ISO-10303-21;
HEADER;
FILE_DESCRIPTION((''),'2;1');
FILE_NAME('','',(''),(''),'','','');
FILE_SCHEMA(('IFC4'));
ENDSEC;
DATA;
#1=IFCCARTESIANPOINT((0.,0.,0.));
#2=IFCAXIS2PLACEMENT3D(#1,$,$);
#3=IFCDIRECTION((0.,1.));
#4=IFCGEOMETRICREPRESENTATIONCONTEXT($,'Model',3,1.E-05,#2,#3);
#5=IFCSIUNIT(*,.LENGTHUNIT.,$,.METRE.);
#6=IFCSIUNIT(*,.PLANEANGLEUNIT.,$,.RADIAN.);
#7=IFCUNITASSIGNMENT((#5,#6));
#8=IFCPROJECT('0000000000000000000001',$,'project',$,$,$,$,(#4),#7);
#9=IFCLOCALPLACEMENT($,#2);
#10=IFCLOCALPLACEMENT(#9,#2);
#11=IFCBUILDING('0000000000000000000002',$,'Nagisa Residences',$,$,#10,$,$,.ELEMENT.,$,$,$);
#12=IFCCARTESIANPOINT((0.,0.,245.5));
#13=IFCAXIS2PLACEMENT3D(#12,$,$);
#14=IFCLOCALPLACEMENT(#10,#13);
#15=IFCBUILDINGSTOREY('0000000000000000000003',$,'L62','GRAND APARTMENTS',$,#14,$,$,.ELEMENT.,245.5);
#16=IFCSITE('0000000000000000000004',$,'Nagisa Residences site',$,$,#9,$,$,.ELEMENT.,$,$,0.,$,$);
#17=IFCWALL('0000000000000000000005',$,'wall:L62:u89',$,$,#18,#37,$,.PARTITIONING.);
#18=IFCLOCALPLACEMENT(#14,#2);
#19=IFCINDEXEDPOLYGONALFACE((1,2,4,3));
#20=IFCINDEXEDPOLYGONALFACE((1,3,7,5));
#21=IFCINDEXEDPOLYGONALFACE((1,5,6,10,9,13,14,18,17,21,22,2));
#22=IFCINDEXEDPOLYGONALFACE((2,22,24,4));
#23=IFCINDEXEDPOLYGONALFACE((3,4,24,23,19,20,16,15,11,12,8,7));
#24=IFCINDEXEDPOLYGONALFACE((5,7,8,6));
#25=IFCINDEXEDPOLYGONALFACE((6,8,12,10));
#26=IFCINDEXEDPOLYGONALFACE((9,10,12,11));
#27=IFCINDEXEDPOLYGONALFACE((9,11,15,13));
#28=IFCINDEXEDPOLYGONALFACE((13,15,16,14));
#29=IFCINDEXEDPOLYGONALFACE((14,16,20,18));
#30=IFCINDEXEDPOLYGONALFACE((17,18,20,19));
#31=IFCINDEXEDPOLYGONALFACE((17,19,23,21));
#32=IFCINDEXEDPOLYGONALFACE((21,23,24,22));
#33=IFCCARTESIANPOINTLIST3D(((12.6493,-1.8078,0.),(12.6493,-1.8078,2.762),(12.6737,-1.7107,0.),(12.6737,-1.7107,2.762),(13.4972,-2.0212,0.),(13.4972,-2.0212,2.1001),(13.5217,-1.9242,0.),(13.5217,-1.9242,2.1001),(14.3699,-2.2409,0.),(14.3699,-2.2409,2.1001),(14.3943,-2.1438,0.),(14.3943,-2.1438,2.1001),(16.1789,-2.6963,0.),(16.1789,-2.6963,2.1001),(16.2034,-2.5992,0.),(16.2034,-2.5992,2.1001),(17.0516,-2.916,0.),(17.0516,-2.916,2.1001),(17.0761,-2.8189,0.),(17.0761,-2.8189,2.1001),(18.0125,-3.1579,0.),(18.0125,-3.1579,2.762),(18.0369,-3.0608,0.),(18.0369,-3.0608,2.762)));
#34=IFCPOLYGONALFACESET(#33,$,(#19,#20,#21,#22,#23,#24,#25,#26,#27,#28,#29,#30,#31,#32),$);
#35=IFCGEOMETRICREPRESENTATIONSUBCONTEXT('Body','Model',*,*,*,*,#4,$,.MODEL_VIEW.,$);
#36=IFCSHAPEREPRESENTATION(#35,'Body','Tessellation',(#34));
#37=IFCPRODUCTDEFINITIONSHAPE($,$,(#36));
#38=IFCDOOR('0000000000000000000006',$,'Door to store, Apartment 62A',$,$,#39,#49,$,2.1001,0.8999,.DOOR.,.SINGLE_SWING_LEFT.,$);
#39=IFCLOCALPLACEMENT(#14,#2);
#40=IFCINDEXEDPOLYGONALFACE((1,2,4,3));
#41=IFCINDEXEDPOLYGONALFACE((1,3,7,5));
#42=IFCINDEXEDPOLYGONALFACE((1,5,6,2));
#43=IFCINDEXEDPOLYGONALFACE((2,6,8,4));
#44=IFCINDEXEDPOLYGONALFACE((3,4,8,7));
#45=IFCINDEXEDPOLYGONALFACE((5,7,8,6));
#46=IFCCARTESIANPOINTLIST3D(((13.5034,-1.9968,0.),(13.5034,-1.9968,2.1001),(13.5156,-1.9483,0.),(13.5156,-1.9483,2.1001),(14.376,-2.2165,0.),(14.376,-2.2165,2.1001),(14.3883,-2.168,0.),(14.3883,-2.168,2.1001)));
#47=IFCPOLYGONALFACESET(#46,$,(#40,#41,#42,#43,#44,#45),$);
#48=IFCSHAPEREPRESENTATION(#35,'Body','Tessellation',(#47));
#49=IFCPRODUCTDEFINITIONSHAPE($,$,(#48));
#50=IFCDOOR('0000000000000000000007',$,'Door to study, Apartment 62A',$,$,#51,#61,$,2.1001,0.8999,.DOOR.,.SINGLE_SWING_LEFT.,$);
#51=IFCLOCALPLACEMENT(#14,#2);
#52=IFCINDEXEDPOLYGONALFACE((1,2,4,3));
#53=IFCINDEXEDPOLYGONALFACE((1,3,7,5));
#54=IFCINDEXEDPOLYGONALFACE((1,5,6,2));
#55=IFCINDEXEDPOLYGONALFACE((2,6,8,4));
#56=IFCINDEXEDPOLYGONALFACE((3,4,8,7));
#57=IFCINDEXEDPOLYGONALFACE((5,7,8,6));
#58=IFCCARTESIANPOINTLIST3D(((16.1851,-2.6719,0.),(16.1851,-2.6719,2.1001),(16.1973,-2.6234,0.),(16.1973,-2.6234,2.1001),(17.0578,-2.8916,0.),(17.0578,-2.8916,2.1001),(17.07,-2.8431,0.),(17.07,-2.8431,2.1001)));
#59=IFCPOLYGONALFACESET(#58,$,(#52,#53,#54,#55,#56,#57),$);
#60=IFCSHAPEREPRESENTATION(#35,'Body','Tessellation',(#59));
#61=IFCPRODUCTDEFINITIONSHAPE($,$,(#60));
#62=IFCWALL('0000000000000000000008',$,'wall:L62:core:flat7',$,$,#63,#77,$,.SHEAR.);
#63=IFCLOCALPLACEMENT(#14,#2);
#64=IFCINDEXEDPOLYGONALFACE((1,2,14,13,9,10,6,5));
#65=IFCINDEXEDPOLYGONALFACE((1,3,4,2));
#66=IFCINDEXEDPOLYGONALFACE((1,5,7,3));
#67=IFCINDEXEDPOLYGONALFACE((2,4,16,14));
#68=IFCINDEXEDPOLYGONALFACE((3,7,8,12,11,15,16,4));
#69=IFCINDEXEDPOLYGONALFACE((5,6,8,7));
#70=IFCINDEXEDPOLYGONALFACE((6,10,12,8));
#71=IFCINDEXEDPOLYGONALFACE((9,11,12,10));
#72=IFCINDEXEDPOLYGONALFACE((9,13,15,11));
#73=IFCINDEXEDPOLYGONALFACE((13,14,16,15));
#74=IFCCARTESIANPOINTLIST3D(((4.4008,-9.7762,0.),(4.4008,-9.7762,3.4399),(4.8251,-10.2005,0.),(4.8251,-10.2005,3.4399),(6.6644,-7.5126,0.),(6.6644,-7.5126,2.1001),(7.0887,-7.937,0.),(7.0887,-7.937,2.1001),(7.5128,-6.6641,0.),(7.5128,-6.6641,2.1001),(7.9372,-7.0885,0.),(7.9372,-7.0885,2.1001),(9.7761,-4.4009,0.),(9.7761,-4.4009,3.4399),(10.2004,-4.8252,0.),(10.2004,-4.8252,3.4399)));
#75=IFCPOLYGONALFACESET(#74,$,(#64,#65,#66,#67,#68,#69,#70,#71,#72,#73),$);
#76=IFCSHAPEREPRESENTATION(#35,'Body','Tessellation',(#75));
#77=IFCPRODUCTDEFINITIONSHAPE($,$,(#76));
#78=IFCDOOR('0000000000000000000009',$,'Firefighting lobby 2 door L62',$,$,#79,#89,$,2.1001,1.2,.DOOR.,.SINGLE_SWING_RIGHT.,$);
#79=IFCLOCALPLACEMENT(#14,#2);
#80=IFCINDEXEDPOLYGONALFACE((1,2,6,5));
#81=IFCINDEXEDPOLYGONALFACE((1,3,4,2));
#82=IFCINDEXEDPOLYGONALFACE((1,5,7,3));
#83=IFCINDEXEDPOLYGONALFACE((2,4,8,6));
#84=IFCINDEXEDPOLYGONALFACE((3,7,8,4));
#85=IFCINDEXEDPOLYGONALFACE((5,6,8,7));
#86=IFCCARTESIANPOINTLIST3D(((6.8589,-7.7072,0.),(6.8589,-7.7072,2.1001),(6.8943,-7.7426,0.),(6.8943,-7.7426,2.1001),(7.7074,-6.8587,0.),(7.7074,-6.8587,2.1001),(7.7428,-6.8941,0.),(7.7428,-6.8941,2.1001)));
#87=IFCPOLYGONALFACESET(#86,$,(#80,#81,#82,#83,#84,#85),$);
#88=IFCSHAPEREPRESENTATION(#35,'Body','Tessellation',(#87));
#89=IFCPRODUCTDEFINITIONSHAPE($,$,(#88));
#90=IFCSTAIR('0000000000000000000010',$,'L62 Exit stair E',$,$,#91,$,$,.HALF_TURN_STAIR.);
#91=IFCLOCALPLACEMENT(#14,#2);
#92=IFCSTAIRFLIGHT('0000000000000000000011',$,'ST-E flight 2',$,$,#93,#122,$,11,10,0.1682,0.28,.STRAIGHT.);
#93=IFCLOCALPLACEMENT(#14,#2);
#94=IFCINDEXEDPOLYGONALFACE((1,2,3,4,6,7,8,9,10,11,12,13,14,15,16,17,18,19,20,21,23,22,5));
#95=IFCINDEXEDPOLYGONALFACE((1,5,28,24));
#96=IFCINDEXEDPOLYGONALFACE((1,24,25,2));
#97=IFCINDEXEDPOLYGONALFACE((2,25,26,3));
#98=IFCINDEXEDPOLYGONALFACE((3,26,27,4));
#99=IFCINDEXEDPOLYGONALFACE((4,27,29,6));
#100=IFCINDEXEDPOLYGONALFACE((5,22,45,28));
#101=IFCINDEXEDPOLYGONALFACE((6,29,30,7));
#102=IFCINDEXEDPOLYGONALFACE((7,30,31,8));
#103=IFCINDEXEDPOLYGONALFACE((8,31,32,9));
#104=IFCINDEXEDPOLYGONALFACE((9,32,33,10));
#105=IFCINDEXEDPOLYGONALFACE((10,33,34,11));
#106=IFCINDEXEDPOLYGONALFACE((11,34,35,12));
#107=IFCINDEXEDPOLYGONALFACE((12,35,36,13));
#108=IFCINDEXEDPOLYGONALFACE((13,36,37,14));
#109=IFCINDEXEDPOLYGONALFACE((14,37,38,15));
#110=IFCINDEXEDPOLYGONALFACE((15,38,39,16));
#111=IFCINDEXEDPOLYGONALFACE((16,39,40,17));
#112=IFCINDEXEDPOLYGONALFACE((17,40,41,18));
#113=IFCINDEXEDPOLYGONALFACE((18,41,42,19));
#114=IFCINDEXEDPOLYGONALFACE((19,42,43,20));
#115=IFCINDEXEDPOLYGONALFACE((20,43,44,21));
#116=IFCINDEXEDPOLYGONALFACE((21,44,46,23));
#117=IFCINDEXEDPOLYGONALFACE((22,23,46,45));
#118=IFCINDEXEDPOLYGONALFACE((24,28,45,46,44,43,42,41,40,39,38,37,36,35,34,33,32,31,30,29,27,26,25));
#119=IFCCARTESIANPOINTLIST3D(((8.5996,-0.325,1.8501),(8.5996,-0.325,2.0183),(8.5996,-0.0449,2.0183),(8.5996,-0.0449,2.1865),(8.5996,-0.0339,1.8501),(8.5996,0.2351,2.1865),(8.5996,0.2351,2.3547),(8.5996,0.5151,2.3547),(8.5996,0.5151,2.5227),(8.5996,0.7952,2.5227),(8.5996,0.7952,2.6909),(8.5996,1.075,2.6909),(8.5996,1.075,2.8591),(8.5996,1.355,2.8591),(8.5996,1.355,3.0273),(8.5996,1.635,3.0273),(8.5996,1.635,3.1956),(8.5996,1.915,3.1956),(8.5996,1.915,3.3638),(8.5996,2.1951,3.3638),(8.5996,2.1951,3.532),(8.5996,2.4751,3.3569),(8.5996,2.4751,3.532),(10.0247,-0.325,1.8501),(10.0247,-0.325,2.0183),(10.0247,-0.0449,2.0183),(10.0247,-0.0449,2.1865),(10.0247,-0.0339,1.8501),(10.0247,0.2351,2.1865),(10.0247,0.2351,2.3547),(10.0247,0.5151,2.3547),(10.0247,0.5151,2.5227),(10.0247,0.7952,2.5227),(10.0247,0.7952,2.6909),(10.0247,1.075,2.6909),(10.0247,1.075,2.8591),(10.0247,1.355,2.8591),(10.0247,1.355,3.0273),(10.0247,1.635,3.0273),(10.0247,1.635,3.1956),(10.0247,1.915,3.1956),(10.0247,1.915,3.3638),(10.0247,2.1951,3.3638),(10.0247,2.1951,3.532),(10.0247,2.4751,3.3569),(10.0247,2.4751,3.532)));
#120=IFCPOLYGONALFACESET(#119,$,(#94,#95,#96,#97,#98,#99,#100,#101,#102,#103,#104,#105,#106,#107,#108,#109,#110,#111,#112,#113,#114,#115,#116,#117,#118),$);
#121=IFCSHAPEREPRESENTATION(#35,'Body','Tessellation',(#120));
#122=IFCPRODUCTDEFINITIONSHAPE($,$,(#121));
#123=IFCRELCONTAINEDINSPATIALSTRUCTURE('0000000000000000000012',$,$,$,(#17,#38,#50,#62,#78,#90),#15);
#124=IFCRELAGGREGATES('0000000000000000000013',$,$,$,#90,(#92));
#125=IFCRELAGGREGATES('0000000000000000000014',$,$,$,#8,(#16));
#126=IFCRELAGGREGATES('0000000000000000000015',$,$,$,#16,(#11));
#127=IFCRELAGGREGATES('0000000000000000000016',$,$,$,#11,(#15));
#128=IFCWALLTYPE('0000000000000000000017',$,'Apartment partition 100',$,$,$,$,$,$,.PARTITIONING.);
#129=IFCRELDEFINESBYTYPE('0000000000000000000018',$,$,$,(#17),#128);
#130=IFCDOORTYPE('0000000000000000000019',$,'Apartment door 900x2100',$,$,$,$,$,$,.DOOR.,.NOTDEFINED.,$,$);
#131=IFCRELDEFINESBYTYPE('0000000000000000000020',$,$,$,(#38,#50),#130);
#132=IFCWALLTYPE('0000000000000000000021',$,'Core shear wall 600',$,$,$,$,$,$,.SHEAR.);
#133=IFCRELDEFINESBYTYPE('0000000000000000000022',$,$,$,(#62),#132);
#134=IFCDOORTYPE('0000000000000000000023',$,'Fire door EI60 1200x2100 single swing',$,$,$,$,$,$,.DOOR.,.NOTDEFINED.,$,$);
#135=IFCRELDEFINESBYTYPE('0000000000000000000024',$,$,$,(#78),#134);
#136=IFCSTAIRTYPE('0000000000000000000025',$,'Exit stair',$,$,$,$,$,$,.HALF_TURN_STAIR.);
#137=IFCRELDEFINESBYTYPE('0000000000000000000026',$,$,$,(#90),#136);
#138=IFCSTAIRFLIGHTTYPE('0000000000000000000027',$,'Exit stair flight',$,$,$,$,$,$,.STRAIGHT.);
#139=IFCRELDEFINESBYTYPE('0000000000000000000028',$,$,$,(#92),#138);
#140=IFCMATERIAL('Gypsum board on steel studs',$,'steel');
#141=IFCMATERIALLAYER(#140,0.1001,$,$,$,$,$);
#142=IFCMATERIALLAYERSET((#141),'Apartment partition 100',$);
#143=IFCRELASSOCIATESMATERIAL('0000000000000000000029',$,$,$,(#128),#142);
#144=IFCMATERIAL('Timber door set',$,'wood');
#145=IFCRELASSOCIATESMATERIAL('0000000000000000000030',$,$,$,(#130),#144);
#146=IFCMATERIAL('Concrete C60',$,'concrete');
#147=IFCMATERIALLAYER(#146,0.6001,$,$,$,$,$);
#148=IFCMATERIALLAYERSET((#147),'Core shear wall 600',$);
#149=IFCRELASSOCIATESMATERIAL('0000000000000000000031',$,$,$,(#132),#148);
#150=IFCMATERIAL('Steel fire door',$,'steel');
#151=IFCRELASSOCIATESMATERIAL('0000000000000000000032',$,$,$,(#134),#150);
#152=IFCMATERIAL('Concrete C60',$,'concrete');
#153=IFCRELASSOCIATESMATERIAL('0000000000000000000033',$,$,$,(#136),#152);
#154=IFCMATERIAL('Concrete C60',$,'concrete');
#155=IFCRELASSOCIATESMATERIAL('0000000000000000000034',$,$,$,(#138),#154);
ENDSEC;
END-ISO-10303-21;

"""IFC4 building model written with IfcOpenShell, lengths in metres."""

from ifc_helpers import new_model, si_unit, direction, frame, frame_2d, origin, place, context, subcontext, project, spatial, polyline, rectangle, outline, extrude, material, layer, layer_set, type_object, element, fill, aggregate, save


model = new_model("IFC4")

# Units and contexts
model_context = context("Model", 3, precision=1e-05, world=origin(), true_north=direction((0.0, 1.0)))
body_context = subcontext(model_context, "Body", "Model", "MODEL_VIEW")
ifc_project = project(units=[si_unit("LENGTHUNIT", "METRE"), si_unit("PLANEANGLEUNIT", "RADIAN")], contexts=[model_context])

# Site, building, storey
site_placement = place(None, origin())
site = spatial("IfcSite", under=ifc_project, at=site_placement, Name="Nagisa Residences site", CompositionType="ELEMENT", RefElevation=0.0)
building_placement = place(site_placement, origin())
building = spatial("IfcBuilding", under=site, at=building_placement, Name="Nagisa Residences", CompositionType="ELEMENT")
storey_placement = place(building_placement, frame((0.0, 0.0, 245.5)))
storey = spatial("IfcBuildingStorey", under=building, at=storey_placement, Name="L62", Description="GRAND APARTMENTS", CompositionType="ELEMENT", Elevation=245.5)

# Shared definitions
ifc_material_1 = material(Name="Gypsum board on steel studs", Category="steel")
ifc_layer_1 = layer(ifc_material_1, 0.1001)
ifc_layer_set_1 = layer_set([ifc_layer_1], Name="Apartment partition 100")
wall_type_1 = type_object("IfcWallType", Name="Apartment partition 100", PredefinedType="PARTITIONING", material=ifc_layer_set_1)
ifc_material_2 = material(Name="Timber door set", Category="wood")
door_type_1 = type_object("IfcDoorType", Name="Apartment door 900x2100", OperationType="NOTDEFINED", PredefinedType="DOOR", material=ifc_material_2)

# Wall, openings, doors
wall_1_placement = place(storey_placement, frame((12.6616, -1.7593, 0.0), z_axis=(0.0, 0.0, 1.0), x_axis=(0.969747, -0.244114, 0.0)))
wall_1 = element("IfcWall", 1, at=wall_1_placement, inside=storey, type_object=wall_type_1, Name="wall:L62:u89", PredefinedType="PARTITIONING", context=body_context, shape_type="SweptSolid", body=[
    extrude(rectangle(XDim=5.5305, YDim=0.1001, at=frame_2d((2.7651, 0.0))), origin(), (0.0, 0.0, 1.0), 2.762),
])
opening_1_placement = place(wall_1_placement, frame((0.8743, 0.0, 0.0)))
opening_1 = element("IfcOpeningElement", 2, at=opening_1_placement, cuts=wall_1, PredefinedType="OPENING", context=body_context, shape_type="SweptSolid", body=[
    extrude(rectangle(XDim=0.8999, YDim=2.1001, at=frame_2d((0.45, 1.05))), frame((0.0, 0.0601, 0.0), z_axis=(0.0, -1.0, 0.0), x_axis=(1.0, 0.0, 0.0)), (0.0, 0.0, 1.0), 0.1201),
])
opening_2_placement = place(wall_1_placement, frame((3.6396, 0.0, 0.0)))
opening_2 = element("IfcOpeningElement", 3, at=opening_2_placement, cuts=wall_1, PredefinedType="OPENING", context=body_context, shape_type="SweptSolid", body=[
    extrude(rectangle(XDim=0.8999, YDim=2.1001, at=frame_2d((0.45, 1.05))), frame((0.0, 0.0601, 0.0), z_axis=(0.0, -1.0, 0.0), x_axis=(1.0, 0.0, 0.0)), (0.0, 0.0, 1.0), 0.1201),
])
door_1_placement = place(opening_1_placement, frame((0.8999, 0.0, 0.0), x_axis=(-1.0, 0.0, 0.0)))
door_1 = element("IfcDoor", 4, at=door_1_placement, inside=storey, type_object=door_type_1, Name="Door to store, Apartment 62A", OperationType="SINGLE_SWING_LEFT", OverallHeight=2.1001, OverallWidth=0.8999, PredefinedType="DOOR", context=body_context, shape_type="SweptSolid", body=[
    extrude(rectangle(XDim=0.8999, YDim=2.1001, at=frame_2d((0.45, 1.05))), frame((0.0, 0.0249, 0.0), z_axis=(0.0, -1.0, 0.0), x_axis=(1.0, 0.0, 0.0)), (0.0, 0.0, 1.0), 0.05),
])
fill(opening_1, door_1)
door_2_placement = place(opening_2_placement, frame((0.8999, 0.0, 0.0), x_axis=(-1.0, 0.0, 0.0)))
door_2 = element("IfcDoor", 5, at=door_2_placement, inside=storey, type_object=door_type_1, Name="Door to study, Apartment 62A", OperationType="SINGLE_SWING_LEFT", OverallHeight=2.1001, OverallWidth=0.8999, PredefinedType="DOOR", context=body_context, shape_type="SweptSolid", body=[
    extrude(rectangle(XDim=0.8999, YDim=2.1001, at=frame_2d((0.45, 1.05))), frame((0.0, 0.0249, 0.0), z_axis=(0.0, -1.0, 0.0), x_axis=(1.0, 0.0, 0.0)), (0.0, 0.0, 1.0), 0.05),
])
fill(opening_2, door_2)

# Wall, opening, door
ifc_material_3 = material(Name="Concrete C60", Category="concrete")
ifc_layer_2 = layer(ifc_material_3, 0.6001)
ifc_layer_set_2 = layer_set([ifc_layer_2], Name="Core shear wall 600")
wall_type_2 = type_object("IfcWallType", Name="Core shear wall 600", PredefinedType="SHEAR", material=ifc_layer_set_2)
wall_2_placement = place(storey_placement, frame((4.613, -9.9883, 0.0), z_axis=(0.0, 0.0, 1.0), x_axis=(0.707107, 0.707107, 0.0)))
wall_2 = element("IfcWall", 6, at=wall_2_placement, inside=storey, type_object=wall_type_2, Name="wall:L62:core:flat7", PredefinedType="SHEAR", context=body_context, shape_type="SweptSolid", body=[
    extrude(rectangle(XDim=7.6018, YDim=0.6001, at=frame_2d((3.8008, 0.0))), origin(), (0.0, 0.0, 1.0), 3.4399),
])
opening_3_placement = place(wall_2_placement, frame((3.2009, 0.0, 0.0)))
opening_3 = element("IfcOpeningElement", 7, at=opening_3_placement, cuts=wall_2, PredefinedType="OPENING", context=body_context, shape_type="SweptSolid", body=[
    extrude(rectangle(XDim=1.2, YDim=2.1001, at=frame_2d((0.6001, 1.05))), frame((0.0, 0.3101, 0.0), z_axis=(0.0, -1.0, 0.0), x_axis=(1.0, 0.0, 0.0)), (0.0, 0.0, 1.0), 0.6201),
])
ifc_material_4 = material(Name="Steel fire door", Category="steel")
door_type_2 = type_object("IfcDoorType", Name="Fire door EI60 1200x2100 single swing", OperationType="NOTDEFINED", PredefinedType="DOOR", material=ifc_material_4)
door_3_placement = place(opening_3_placement, origin())
door_3 = element("IfcDoor", 8, at=door_3_placement, inside=storey, type_object=door_type_2, Name="Firefighting lobby 2 door L62", OperationType="SINGLE_SWING_RIGHT", OverallHeight=2.1001, OverallWidth=1.2, PredefinedType="DOOR", context=body_context, shape_type="SweptSolid", body=[
    extrude(rectangle(XDim=1.2, YDim=2.1001, at=frame_2d((0.6001, 1.05))), frame((0.0, 0.0249, 0.0), z_axis=(0.0, -1.0, 0.0), x_axis=(1.0, 0.0, 0.0)), (0.0, 0.0, 1.0), 0.05),
])
fill(opening_3, door_3)

# Stair, stair flight
ifc_material_5 = material(Name="Concrete C60", Category="concrete")
stair_type = type_object("IfcStairType", Name="Exit stair", PredefinedType="HALF_TURN_STAIR", material=ifc_material_5)
stair_placement = place(storey_placement, origin())
stair = element("IfcStair", 9, at=stair_placement, inside=storey, type_object=stair_type, Name="L62 Exit stair E", PredefinedType="HALF_TURN_STAIR")
ifc_material_6 = material(Name="Concrete C60", Category="concrete")
stair_flight_type = type_object("IfcStairFlightType", Name="Exit stair flight", PredefinedType="STRAIGHT", material=ifc_material_6)
stair_flight_placement = place(storey_placement, frame((9.312, -0.325, 1.8501), z_axis=(0.0, 0.0, 1.0), x_axis=(0.0, 1.0, 0.0)))
stair_flight = element("IfcStairFlight", 10, at=stair_flight_placement, type_object=stair_flight_type, Name="ST-E flight 2", NumberOfRisers=11, NumberOfTreads=10, PredefinedType="STRAIGHT", RiserHeight=0.1682, TreadLength=0.28, context=body_context, shape_type="SweptSolid", body=[
    extrude(outline(polyline([(0.0, 0.0), (0.0, 0.1682), (0.28, 0.1682), (0.28, 0.3364), (0.5601, 0.3364), (0.5601, 0.5046), (0.8401, 0.5046), (0.8401, 0.6726), (1.1201, 0.6726), (1.1201, 0.8408), (1.3999, 0.8408), (1.3999, 1.009), (1.6799, 1.009), (1.6799, 1.1772), (1.96, 1.1772), (1.96, 1.3455), (2.24, 1.3455), (2.24, 1.5137), (2.52, 1.5137), (2.52, 1.6819), (2.8, 1.6819), (2.8, 1.8501), (2.8, 1.5068), (0.291, 0.0), (0.0, 0.0)])), frame((0.0, 0.7124, 0.0), z_axis=(0.0, -1.0, 0.0), x_axis=(1.0, 0.0, 0.0)), (0.0, 0.0, 1.0), 1.425),
])
aggregate(stair, [stair_flight])

save(model, "model.ifc")
